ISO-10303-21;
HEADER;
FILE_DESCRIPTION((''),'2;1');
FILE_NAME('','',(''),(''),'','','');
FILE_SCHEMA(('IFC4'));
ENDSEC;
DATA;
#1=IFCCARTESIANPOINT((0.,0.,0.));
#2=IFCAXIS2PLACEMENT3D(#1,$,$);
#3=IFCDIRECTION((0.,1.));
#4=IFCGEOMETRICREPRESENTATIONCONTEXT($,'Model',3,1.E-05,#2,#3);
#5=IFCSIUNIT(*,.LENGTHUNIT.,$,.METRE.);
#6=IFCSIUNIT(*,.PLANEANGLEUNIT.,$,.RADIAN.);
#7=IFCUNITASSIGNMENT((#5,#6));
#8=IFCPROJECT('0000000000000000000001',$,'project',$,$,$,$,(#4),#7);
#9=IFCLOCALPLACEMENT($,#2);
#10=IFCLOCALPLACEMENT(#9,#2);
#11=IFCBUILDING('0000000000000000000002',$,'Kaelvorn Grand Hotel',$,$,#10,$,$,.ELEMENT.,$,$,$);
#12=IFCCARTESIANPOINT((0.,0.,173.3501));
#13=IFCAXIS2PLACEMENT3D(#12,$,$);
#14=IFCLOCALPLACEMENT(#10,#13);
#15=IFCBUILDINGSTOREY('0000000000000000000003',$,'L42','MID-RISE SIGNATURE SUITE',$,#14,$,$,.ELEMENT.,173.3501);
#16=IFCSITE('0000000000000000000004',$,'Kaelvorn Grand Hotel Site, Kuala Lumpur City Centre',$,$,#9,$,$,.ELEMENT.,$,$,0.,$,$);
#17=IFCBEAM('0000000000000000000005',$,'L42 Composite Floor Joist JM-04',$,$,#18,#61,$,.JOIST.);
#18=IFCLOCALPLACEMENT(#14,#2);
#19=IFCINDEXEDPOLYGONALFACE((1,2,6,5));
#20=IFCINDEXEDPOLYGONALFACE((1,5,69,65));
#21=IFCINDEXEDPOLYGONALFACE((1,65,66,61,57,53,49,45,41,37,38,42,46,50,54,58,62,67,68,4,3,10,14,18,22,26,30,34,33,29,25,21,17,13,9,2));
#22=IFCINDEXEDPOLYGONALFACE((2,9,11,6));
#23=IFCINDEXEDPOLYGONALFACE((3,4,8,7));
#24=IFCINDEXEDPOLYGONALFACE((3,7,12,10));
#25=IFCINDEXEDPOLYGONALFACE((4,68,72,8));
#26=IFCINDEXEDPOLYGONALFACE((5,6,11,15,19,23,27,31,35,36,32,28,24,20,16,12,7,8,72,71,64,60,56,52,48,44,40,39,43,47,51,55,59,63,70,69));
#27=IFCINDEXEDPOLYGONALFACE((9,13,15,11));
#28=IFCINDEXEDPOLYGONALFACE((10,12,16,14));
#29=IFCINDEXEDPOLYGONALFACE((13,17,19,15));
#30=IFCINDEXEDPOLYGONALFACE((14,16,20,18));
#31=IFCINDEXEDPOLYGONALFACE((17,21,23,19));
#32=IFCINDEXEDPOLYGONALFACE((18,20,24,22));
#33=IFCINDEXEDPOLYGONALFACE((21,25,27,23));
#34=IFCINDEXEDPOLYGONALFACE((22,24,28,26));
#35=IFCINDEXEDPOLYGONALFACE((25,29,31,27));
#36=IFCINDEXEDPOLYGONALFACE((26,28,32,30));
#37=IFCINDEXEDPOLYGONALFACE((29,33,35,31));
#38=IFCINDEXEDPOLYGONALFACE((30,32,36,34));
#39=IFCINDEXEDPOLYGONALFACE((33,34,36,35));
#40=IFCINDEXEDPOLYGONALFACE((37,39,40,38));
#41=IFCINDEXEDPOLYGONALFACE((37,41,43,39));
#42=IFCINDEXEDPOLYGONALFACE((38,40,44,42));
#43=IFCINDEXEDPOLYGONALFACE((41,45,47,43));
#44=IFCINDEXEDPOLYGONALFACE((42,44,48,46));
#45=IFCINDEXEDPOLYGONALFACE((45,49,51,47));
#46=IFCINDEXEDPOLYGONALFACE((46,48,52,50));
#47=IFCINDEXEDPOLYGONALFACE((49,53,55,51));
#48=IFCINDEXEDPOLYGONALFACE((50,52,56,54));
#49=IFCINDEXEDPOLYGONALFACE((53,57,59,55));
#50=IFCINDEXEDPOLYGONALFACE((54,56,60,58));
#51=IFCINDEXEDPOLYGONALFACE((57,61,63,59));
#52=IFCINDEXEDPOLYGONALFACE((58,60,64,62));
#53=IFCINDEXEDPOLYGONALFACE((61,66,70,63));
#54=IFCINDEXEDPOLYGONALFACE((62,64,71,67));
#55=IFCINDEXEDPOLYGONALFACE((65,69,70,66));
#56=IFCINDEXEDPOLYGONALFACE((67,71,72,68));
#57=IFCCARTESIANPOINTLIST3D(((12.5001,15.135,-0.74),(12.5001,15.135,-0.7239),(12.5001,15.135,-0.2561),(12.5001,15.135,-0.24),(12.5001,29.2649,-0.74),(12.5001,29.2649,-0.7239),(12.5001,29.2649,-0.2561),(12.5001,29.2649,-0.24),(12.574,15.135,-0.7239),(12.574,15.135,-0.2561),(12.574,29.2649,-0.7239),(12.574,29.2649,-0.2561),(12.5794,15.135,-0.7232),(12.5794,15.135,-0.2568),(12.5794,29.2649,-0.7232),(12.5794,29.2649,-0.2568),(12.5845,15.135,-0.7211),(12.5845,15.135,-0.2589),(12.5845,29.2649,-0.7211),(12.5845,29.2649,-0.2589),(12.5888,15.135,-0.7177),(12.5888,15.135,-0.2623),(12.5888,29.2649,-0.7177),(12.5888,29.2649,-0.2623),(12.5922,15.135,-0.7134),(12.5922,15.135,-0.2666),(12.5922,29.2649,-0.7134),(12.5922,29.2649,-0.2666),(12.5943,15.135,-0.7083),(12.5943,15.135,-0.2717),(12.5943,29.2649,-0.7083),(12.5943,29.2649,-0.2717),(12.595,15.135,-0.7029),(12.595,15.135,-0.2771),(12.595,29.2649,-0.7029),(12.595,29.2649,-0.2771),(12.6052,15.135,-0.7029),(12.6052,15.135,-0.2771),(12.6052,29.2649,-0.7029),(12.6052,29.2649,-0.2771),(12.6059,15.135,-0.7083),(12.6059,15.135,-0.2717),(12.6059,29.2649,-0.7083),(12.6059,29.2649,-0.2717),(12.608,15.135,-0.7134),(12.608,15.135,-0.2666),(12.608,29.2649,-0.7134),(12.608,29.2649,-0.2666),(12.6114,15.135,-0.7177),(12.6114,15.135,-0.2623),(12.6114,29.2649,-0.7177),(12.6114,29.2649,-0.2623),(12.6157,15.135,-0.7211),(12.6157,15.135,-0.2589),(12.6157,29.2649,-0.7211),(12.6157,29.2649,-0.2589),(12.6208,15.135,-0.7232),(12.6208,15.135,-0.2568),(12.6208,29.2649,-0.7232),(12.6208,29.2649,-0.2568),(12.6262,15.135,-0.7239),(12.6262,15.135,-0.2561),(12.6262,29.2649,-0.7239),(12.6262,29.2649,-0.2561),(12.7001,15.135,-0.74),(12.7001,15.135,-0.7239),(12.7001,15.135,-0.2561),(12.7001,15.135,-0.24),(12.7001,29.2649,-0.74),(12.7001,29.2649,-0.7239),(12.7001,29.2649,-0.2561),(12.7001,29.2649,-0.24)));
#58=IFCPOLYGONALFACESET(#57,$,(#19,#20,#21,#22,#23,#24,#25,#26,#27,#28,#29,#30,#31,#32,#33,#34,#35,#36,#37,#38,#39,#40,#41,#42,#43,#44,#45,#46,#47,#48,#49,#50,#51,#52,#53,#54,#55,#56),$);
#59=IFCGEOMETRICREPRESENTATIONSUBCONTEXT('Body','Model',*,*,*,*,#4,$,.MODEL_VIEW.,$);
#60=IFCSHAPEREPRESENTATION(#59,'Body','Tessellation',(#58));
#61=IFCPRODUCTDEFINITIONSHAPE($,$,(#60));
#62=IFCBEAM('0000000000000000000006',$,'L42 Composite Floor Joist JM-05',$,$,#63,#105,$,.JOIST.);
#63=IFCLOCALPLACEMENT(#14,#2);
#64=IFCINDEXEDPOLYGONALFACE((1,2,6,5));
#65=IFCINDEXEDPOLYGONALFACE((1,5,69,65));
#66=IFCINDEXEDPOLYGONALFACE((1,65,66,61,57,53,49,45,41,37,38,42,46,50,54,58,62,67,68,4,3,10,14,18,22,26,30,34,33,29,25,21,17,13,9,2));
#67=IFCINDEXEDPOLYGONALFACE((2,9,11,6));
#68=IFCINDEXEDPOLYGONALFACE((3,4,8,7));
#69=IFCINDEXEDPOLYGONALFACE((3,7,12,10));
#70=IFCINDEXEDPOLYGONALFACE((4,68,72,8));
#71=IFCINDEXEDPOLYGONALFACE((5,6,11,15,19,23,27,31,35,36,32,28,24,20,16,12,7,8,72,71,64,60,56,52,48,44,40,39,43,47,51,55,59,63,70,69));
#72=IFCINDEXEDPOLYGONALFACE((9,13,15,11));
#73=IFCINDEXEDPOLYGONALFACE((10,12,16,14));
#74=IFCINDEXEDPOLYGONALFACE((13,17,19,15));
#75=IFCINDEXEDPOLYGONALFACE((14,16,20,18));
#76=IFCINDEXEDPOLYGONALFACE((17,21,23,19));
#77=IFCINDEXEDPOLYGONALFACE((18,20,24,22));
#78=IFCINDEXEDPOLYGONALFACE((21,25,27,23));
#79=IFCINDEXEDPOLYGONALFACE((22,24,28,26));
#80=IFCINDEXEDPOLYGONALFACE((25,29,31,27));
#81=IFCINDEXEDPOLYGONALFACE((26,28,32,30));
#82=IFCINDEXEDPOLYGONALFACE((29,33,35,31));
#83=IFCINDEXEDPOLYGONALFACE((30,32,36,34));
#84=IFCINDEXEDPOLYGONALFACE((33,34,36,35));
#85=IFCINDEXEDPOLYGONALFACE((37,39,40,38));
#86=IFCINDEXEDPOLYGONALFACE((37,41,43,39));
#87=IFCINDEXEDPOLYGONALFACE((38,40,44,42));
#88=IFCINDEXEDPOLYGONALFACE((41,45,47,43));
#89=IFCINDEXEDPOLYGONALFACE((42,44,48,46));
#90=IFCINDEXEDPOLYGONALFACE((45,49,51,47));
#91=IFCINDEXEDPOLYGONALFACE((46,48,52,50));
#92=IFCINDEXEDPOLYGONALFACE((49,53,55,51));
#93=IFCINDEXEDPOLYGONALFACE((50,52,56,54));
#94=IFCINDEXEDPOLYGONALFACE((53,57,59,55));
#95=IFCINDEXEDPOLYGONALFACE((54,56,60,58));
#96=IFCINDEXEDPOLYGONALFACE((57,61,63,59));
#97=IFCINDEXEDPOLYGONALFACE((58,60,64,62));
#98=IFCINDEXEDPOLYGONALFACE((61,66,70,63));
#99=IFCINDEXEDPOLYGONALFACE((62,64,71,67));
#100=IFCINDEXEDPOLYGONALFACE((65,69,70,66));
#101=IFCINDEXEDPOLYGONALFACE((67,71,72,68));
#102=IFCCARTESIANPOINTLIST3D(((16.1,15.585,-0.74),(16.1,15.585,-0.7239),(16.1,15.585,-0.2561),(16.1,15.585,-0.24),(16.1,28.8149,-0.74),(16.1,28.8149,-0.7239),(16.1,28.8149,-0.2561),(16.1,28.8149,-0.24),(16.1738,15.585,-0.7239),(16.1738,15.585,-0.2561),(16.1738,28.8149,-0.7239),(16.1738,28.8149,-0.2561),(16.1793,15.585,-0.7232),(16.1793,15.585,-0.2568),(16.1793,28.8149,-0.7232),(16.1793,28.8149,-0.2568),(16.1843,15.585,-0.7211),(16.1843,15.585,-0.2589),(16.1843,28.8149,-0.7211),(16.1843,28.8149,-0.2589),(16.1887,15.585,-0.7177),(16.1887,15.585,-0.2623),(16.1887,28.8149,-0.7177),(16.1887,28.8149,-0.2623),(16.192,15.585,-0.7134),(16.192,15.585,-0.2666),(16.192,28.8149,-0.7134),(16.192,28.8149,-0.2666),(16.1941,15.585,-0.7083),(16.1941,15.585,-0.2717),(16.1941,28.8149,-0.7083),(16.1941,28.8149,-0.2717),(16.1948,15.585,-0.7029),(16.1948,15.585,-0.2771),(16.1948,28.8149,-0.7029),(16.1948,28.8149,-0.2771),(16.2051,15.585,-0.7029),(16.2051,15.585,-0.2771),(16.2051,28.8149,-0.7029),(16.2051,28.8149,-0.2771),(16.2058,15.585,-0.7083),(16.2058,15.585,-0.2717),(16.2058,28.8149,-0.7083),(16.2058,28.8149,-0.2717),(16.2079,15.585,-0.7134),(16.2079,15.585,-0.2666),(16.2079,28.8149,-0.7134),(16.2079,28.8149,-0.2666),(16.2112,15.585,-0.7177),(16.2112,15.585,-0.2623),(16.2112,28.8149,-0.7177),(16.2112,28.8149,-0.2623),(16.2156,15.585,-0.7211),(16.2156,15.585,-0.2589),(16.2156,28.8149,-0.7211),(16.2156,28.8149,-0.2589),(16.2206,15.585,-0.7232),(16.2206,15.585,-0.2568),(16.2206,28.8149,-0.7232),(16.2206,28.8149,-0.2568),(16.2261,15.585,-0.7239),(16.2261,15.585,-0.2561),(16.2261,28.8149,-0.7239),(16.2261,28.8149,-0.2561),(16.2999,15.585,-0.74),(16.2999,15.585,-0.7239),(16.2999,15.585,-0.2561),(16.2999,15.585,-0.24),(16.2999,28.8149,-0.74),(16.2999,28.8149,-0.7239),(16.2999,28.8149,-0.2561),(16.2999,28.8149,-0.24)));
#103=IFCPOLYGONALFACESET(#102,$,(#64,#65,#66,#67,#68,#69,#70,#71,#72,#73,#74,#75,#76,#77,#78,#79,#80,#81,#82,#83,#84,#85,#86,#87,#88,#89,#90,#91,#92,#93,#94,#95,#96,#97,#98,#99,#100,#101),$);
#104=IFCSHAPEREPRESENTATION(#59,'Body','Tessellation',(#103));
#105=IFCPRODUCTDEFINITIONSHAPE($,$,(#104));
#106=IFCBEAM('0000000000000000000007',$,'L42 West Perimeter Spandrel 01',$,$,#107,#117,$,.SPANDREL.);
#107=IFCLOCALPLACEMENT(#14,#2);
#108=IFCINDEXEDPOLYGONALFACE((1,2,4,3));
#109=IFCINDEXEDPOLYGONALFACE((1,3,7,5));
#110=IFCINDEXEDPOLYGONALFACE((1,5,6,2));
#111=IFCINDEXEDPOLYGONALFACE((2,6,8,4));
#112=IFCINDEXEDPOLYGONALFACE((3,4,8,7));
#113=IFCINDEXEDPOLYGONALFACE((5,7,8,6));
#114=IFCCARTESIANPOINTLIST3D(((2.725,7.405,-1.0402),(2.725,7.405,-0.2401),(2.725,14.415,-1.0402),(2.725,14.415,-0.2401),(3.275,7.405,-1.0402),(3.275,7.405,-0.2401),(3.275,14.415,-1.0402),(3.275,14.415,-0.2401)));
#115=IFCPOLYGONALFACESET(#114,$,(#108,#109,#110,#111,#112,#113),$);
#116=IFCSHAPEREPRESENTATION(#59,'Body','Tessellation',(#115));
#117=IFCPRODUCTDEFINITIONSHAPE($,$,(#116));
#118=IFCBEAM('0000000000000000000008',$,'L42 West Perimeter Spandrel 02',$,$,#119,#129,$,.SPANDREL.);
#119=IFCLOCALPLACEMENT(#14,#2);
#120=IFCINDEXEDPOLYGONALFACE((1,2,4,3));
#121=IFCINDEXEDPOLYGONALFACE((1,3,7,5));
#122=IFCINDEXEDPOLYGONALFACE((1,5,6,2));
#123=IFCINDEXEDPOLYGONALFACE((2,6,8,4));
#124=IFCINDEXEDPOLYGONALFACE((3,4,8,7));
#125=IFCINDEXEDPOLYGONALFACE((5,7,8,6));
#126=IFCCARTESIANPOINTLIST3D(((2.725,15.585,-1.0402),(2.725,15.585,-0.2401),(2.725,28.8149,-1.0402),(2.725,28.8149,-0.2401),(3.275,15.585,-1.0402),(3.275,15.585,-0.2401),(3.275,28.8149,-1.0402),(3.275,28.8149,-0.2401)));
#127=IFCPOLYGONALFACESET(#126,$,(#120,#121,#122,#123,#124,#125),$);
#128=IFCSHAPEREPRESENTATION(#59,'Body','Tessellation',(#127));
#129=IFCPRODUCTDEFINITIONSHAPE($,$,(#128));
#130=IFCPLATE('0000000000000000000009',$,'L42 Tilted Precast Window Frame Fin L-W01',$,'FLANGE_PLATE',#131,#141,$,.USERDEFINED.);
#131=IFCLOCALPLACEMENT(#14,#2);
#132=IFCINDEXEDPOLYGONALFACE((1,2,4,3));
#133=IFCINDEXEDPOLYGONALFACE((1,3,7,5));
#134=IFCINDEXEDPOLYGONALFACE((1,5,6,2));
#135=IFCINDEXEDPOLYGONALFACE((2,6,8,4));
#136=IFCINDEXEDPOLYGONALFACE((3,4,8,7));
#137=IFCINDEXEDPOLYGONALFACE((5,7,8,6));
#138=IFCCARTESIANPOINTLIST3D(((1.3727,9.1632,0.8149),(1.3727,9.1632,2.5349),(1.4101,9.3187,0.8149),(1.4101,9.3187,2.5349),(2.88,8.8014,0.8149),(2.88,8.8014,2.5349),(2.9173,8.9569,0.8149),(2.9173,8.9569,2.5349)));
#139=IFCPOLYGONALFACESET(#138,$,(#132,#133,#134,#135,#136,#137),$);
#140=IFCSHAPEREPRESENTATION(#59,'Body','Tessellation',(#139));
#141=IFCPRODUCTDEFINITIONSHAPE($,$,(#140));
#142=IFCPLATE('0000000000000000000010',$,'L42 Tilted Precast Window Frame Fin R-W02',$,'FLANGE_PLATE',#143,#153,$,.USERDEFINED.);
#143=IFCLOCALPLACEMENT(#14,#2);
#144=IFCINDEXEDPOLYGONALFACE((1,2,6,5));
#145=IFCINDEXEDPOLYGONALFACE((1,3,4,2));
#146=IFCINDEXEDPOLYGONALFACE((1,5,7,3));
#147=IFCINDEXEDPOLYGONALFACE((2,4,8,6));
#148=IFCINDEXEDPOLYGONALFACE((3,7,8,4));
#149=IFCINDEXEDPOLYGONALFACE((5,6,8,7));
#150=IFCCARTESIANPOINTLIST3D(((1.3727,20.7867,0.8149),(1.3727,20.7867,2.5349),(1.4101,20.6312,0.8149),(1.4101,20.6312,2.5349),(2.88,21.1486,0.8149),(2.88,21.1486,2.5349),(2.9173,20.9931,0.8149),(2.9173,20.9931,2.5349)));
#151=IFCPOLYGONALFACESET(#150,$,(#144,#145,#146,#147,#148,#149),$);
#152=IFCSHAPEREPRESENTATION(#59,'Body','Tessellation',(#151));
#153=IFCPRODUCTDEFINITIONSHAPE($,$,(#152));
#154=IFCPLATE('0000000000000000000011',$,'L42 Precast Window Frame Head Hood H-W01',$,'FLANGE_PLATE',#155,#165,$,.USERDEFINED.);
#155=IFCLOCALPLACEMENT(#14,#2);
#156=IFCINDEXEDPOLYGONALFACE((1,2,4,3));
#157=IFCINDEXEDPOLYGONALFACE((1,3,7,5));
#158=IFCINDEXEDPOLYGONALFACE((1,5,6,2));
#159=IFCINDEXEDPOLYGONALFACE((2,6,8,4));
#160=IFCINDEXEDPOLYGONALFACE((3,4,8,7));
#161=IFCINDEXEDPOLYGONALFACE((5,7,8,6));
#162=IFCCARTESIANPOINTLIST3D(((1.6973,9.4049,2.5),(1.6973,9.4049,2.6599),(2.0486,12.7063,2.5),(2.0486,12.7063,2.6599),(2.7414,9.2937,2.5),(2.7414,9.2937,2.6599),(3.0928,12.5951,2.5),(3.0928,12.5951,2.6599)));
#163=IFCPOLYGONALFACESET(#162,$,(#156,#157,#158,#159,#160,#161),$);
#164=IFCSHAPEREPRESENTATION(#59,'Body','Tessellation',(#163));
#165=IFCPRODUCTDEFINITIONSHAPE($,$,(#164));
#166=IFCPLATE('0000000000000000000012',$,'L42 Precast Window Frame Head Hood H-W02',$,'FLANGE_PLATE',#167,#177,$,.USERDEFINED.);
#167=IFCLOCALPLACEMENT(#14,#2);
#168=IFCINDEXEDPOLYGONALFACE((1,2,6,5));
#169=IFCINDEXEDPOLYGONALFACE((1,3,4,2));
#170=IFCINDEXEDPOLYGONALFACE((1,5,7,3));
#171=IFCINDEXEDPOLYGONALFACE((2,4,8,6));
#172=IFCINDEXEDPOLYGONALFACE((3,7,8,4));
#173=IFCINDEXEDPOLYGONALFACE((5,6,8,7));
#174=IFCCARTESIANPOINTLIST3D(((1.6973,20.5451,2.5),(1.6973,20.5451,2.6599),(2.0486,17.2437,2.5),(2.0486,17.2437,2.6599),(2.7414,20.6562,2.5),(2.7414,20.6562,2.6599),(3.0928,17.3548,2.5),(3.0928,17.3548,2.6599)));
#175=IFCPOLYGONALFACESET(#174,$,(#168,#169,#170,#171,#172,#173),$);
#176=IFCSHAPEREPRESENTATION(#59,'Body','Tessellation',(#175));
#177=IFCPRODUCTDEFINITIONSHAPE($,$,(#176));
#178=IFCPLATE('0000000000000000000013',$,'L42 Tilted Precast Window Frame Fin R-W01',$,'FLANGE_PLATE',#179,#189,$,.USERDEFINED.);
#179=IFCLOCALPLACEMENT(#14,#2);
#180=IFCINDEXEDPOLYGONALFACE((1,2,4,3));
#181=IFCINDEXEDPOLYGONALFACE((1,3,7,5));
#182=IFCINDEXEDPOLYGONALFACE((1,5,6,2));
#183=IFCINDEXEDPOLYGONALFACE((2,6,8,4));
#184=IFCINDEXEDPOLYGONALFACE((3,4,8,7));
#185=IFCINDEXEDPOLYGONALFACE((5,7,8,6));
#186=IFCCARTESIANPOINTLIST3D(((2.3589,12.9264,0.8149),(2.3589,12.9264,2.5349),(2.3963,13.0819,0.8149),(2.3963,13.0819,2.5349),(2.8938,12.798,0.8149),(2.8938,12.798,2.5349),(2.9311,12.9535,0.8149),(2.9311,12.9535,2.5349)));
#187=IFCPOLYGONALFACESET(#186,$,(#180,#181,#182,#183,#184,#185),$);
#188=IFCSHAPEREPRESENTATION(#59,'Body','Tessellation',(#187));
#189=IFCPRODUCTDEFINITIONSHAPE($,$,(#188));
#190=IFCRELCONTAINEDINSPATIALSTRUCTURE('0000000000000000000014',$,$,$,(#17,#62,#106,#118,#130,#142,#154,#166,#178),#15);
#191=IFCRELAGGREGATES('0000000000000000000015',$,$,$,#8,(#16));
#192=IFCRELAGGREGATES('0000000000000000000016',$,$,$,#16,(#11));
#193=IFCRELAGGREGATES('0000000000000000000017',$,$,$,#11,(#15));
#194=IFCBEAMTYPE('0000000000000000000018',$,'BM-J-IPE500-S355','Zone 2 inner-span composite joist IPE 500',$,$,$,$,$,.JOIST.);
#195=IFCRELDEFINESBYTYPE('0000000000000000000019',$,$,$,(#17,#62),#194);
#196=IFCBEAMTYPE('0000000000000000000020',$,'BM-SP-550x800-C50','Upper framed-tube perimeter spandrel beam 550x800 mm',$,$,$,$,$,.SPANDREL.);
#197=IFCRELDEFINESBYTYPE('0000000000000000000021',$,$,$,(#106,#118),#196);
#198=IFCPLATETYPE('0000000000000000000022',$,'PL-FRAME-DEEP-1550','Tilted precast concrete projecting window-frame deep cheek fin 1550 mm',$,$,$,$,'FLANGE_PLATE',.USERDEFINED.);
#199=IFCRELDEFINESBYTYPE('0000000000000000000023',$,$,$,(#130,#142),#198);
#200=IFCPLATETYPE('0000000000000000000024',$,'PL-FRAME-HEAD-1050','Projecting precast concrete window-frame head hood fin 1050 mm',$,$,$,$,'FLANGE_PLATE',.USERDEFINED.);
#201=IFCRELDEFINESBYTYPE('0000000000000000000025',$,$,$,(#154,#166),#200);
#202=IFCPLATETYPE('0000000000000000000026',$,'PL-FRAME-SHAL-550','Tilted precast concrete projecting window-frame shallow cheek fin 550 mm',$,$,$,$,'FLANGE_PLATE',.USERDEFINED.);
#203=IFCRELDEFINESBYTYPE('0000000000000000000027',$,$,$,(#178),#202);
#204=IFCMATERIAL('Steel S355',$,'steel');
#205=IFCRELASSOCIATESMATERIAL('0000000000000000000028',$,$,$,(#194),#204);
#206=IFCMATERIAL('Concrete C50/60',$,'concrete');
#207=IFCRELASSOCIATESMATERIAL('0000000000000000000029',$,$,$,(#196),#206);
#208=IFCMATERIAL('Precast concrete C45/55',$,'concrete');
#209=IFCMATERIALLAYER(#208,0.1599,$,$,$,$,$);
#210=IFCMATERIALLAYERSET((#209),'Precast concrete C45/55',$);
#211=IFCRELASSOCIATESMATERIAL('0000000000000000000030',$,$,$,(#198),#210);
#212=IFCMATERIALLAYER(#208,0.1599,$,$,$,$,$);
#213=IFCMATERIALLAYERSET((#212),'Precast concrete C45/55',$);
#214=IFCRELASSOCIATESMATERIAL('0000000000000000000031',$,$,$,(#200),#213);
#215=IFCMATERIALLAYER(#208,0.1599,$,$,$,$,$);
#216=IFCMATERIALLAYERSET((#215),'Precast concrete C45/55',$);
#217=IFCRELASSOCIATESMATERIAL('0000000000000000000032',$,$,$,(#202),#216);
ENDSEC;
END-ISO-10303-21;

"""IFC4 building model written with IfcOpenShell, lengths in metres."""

from ifc_helpers import new_model, si_unit, direction, frame, origin, origin_2d, place, context, subcontext, project, spatial, rectangle, i_section, extrude, material, layer, layer_set, material_profile, profile_set, type_object, element, save


model = new_model("IFC4")

# Units and contexts
model_context = context("Model", 3, precision=1e-05, world=origin(), true_north=direction((0.0, 1.0)))
body_context = subcontext(model_context, "Body", "Model", "MODEL_VIEW")
ifc_project = project(units=[si_unit("LENGTHUNIT", "METRE"), si_unit("PLANEANGLEUNIT", "RADIAN")], contexts=[model_context])

# Site, building, storey
site_placement = place(None, origin())
site = spatial("IfcSite", under=ifc_project, at=site_placement, Name="Kaelvorn Grand Hotel Site, Kuala Lumpur City Centre", CompositionType="ELEMENT", RefElevation=0.0)
building_placement = place(site_placement, origin())
building = spatial("IfcBuilding", under=site, at=building_placement, Name="Kaelvorn Grand Hotel", CompositionType="ELEMENT")
storey_placement = place(building_placement, frame((0.0, 0.0, 173.3501)))
storey = spatial("IfcBuildingStorey", under=building, at=storey_placement, Name="L42", Description="MID-RISE SIGNATURE SUITE", CompositionType="ELEMENT", Elevation=173.3501)

# Beams
ifc_material_1 = material(Name="Steel S355", Category="steel")
ifc_material_profile_1 = material_profile(ifc_material_1, i_section(OverallWidth=0.2, OverallDepth=0.5, WebThickness=0.0103, FlangeThickness=0.0161, FilletRadius=0.021, at=origin_2d()), Name="IPE 500")
ifc_profile_set_1 = profile_set([ifc_material_profile_1], Name="Steel S355")
beam_type_1 = type_object("IfcBeamType", Name="BM-J-IPE500-S355", Description="Zone 2 inner-span composite joist IPE 500", PredefinedType="JOIST", material=ifc_profile_set_1)
beam_1_placement = place(storey_placement, frame((12.6001, 15.135, -0.49), z_axis=(0.0, 1.0, 0.0), x_axis=(-1.0, 0.0, 0.0)))
element("IfcBeam", 1, at=beam_1_placement, inside=storey, type_object=beam_type_1, Name="L42 Composite Floor Joist JM-04", PredefinedType="JOIST", context=body_context, shape_type="SweptSolid", body=[
    extrude(i_section(OverallWidth=0.2, OverallDepth=0.5, WebThickness=0.0103, FlangeThickness=0.0161, FilletRadius=0.021, at=origin_2d()), origin(), (0.0, 0.0, 1.0), 14.1299),
])
beam_2_placement = place(storey_placement, frame((16.2, 15.585, -0.49), z_axis=(0.0, 1.0, 0.0), x_axis=(-1.0, 0.0, 0.0)))
element("IfcBeam", 2, at=beam_2_placement, inside=storey, type_object=beam_type_1, Name="L42 Composite Floor Joist JM-05", PredefinedType="JOIST", context=body_context, shape_type="SweptSolid", body=[
    extrude(i_section(OverallWidth=0.2, OverallDepth=0.5, WebThickness=0.0103, FlangeThickness=0.0161, FilletRadius=0.021, at=origin_2d()), origin(), (0.0, 0.0, 1.0), 13.23),
])
ifc_material_2 = material(Name="Concrete C50/60", Category="concrete")
ifc_material_profile_2 = material_profile(ifc_material_2, rectangle(XDim=0.55, YDim=0.8, at=origin_2d()), Name="RC SPANDREL 550x800")
ifc_profile_set_2 = profile_set([ifc_material_profile_2], Name="Concrete C50/60")
beam_type_2 = type_object("IfcBeamType", Name="BM-SP-550x800-C50", Description="Upper framed-tube perimeter spandrel beam 550x800 mm", PredefinedType="SPANDREL", material=ifc_profile_set_2)
beam_3_placement = place(storey_placement, frame((3.0, 7.405, -0.6401), z_axis=(0.0, 1.0, 0.0), x_axis=(-1.0, 0.0, 0.0)))
element("IfcBeam", 3, at=beam_3_placement, inside=storey, type_object=beam_type_2, Name="L42 West Perimeter Spandrel 01", PredefinedType="SPANDREL", context=body_context, shape_type="SweptSolid", body=[
    extrude(rectangle(XDim=0.55, YDim=0.8, at=origin_2d()), origin(), (0.0, 0.0, 1.0), 7.01),
])
beam_4_placement = place(storey_placement, frame((3.0, 15.585, -0.6401), z_axis=(0.0, 1.0, 0.0), x_axis=(-1.0, 0.0, 0.0)))
element("IfcBeam", 4, at=beam_4_placement, inside=storey, type_object=beam_type_2, Name="L42 West Perimeter Spandrel 02", PredefinedType="SPANDREL", context=body_context, shape_type="SweptSolid", body=[
    extrude(rectangle(XDim=0.55, YDim=0.8, at=origin_2d()), origin(), (0.0, 0.0, 1.0), 13.23),
])

# Plates
ifc_material_3 = material(Name="Precast concrete C45/55", Category="concrete")
ifc_layer_1 = layer(ifc_material_3, 0.1599)
ifc_layer_set_1 = layer_set([ifc_layer_1], Name="Precast concrete C45/55")
plate_type_1 = type_object("IfcPlateType", Name="PL-FRAME-DEEP-1550", Description="Tilted precast concrete projecting window-frame deep cheek fin 1550 mm", ElementType="FLANGE_PLATE", PredefinedType="USERDEFINED", material=ifc_layer_set_1)
for number, where, z_axis, x_axis, name in (
    (5, (2.145, 9.0601, 0.8149), (0.0, 0.0, 1.0), (0.233445, 0.97237, 0.0), "L42 Tilted Precast Window Frame Fin L-W01"),
    (6, (2.145, 20.8899, 0.8149), (0.0, 0.0, 1.0), (-0.233445, 0.97237, 0.0), "L42 Tilted Precast Window Frame Fin R-W02"),
):
    element("IfcPlate", number, at=place(storey_placement, frame(where, z_axis=z_axis, x_axis=x_axis)), inside=storey, type_object=plate_type_1, Name=name, ObjectType="FLANGE_PLATE", PredefinedType="USERDEFINED", context=body_context, shape_type="SweptSolid", body=[
        extrude(rectangle(XDim=0.1599, YDim=1.55, at=origin_2d()), origin(), (0.0, 0.0, 1.0), 1.72),
    ])
ifc_layer_2 = layer(ifc_material_3, 0.1599)
ifc_layer_set_2 = layer_set([ifc_layer_2], Name="Precast concrete C45/55")
plate_type_2 = type_object("IfcPlateType", Name="PL-FRAME-HEAD-1050", Description="Projecting precast concrete window-frame head hood fin 1050 mm", ElementType="FLANGE_PLATE", PredefinedType="USERDEFINED", material=ifc_layer_set_2)
for number, where, z_axis, x_axis, name in (
    (7, (2.395, 11.0, 2.5), (0.0, 0.0, 1.0), (0.10583, 0.994384, 0.0), "L42 Precast Window Frame Head Hood H-W01"),
    (8, (2.395, 18.95, 2.5), (0.0, 0.0, 1.0), (-0.10583, 0.994384, 0.0), "L42 Precast Window Frame Head Hood H-W02"),
):
    element("IfcPlate", number, at=place(storey_placement, frame(where, z_axis=z_axis, x_axis=x_axis)), inside=storey, type_object=plate_type_2, Name=name, ObjectType="FLANGE_PLATE", PredefinedType="USERDEFINED", context=body_context, shape_type="SweptSolid", body=[
        extrude(rectangle(XDim=3.3201, YDim=1.05, at=origin_2d()), origin(), (0.0, 0.0, 1.0), 0.1599),
    ])
ifc_layer_3 = layer(ifc_material_3, 0.1599)
ifc_layer_set_3 = layer_set([ifc_layer_3], Name="Precast concrete C45/55")
plate_type_3 = type_object("IfcPlateType", Name="PL-FRAME-SHAL-550", Description="Tilted precast concrete projecting window-frame shallow cheek fin 550 mm", ElementType="FLANGE_PLATE", PredefinedType="USERDEFINED", material=ifc_layer_set_3)
for number, where, z_axis, x_axis, name in (
    (9, (2.645, 12.9399, 0.8149), (0.0, 0.0, 1.0), (0.233445, 0.97237, 0.0), "L42 Tilted Precast Window Frame Fin R-W01"),
):
    element("IfcPlate", number, at=place(storey_placement, frame(where, z_axis=z_axis, x_axis=x_axis)), inside=storey, type_object=plate_type_3, Name=name, ObjectType="FLANGE_PLATE", PredefinedType="USERDEFINED", context=body_context, shape_type="SweptSolid", body=[
        extrude(rectangle(XDim=0.1599, YDim=0.55, at=origin_2d()), origin(), (0.0, 0.0, 1.0), 1.72),
    ])

save(model, "model.ifc")
